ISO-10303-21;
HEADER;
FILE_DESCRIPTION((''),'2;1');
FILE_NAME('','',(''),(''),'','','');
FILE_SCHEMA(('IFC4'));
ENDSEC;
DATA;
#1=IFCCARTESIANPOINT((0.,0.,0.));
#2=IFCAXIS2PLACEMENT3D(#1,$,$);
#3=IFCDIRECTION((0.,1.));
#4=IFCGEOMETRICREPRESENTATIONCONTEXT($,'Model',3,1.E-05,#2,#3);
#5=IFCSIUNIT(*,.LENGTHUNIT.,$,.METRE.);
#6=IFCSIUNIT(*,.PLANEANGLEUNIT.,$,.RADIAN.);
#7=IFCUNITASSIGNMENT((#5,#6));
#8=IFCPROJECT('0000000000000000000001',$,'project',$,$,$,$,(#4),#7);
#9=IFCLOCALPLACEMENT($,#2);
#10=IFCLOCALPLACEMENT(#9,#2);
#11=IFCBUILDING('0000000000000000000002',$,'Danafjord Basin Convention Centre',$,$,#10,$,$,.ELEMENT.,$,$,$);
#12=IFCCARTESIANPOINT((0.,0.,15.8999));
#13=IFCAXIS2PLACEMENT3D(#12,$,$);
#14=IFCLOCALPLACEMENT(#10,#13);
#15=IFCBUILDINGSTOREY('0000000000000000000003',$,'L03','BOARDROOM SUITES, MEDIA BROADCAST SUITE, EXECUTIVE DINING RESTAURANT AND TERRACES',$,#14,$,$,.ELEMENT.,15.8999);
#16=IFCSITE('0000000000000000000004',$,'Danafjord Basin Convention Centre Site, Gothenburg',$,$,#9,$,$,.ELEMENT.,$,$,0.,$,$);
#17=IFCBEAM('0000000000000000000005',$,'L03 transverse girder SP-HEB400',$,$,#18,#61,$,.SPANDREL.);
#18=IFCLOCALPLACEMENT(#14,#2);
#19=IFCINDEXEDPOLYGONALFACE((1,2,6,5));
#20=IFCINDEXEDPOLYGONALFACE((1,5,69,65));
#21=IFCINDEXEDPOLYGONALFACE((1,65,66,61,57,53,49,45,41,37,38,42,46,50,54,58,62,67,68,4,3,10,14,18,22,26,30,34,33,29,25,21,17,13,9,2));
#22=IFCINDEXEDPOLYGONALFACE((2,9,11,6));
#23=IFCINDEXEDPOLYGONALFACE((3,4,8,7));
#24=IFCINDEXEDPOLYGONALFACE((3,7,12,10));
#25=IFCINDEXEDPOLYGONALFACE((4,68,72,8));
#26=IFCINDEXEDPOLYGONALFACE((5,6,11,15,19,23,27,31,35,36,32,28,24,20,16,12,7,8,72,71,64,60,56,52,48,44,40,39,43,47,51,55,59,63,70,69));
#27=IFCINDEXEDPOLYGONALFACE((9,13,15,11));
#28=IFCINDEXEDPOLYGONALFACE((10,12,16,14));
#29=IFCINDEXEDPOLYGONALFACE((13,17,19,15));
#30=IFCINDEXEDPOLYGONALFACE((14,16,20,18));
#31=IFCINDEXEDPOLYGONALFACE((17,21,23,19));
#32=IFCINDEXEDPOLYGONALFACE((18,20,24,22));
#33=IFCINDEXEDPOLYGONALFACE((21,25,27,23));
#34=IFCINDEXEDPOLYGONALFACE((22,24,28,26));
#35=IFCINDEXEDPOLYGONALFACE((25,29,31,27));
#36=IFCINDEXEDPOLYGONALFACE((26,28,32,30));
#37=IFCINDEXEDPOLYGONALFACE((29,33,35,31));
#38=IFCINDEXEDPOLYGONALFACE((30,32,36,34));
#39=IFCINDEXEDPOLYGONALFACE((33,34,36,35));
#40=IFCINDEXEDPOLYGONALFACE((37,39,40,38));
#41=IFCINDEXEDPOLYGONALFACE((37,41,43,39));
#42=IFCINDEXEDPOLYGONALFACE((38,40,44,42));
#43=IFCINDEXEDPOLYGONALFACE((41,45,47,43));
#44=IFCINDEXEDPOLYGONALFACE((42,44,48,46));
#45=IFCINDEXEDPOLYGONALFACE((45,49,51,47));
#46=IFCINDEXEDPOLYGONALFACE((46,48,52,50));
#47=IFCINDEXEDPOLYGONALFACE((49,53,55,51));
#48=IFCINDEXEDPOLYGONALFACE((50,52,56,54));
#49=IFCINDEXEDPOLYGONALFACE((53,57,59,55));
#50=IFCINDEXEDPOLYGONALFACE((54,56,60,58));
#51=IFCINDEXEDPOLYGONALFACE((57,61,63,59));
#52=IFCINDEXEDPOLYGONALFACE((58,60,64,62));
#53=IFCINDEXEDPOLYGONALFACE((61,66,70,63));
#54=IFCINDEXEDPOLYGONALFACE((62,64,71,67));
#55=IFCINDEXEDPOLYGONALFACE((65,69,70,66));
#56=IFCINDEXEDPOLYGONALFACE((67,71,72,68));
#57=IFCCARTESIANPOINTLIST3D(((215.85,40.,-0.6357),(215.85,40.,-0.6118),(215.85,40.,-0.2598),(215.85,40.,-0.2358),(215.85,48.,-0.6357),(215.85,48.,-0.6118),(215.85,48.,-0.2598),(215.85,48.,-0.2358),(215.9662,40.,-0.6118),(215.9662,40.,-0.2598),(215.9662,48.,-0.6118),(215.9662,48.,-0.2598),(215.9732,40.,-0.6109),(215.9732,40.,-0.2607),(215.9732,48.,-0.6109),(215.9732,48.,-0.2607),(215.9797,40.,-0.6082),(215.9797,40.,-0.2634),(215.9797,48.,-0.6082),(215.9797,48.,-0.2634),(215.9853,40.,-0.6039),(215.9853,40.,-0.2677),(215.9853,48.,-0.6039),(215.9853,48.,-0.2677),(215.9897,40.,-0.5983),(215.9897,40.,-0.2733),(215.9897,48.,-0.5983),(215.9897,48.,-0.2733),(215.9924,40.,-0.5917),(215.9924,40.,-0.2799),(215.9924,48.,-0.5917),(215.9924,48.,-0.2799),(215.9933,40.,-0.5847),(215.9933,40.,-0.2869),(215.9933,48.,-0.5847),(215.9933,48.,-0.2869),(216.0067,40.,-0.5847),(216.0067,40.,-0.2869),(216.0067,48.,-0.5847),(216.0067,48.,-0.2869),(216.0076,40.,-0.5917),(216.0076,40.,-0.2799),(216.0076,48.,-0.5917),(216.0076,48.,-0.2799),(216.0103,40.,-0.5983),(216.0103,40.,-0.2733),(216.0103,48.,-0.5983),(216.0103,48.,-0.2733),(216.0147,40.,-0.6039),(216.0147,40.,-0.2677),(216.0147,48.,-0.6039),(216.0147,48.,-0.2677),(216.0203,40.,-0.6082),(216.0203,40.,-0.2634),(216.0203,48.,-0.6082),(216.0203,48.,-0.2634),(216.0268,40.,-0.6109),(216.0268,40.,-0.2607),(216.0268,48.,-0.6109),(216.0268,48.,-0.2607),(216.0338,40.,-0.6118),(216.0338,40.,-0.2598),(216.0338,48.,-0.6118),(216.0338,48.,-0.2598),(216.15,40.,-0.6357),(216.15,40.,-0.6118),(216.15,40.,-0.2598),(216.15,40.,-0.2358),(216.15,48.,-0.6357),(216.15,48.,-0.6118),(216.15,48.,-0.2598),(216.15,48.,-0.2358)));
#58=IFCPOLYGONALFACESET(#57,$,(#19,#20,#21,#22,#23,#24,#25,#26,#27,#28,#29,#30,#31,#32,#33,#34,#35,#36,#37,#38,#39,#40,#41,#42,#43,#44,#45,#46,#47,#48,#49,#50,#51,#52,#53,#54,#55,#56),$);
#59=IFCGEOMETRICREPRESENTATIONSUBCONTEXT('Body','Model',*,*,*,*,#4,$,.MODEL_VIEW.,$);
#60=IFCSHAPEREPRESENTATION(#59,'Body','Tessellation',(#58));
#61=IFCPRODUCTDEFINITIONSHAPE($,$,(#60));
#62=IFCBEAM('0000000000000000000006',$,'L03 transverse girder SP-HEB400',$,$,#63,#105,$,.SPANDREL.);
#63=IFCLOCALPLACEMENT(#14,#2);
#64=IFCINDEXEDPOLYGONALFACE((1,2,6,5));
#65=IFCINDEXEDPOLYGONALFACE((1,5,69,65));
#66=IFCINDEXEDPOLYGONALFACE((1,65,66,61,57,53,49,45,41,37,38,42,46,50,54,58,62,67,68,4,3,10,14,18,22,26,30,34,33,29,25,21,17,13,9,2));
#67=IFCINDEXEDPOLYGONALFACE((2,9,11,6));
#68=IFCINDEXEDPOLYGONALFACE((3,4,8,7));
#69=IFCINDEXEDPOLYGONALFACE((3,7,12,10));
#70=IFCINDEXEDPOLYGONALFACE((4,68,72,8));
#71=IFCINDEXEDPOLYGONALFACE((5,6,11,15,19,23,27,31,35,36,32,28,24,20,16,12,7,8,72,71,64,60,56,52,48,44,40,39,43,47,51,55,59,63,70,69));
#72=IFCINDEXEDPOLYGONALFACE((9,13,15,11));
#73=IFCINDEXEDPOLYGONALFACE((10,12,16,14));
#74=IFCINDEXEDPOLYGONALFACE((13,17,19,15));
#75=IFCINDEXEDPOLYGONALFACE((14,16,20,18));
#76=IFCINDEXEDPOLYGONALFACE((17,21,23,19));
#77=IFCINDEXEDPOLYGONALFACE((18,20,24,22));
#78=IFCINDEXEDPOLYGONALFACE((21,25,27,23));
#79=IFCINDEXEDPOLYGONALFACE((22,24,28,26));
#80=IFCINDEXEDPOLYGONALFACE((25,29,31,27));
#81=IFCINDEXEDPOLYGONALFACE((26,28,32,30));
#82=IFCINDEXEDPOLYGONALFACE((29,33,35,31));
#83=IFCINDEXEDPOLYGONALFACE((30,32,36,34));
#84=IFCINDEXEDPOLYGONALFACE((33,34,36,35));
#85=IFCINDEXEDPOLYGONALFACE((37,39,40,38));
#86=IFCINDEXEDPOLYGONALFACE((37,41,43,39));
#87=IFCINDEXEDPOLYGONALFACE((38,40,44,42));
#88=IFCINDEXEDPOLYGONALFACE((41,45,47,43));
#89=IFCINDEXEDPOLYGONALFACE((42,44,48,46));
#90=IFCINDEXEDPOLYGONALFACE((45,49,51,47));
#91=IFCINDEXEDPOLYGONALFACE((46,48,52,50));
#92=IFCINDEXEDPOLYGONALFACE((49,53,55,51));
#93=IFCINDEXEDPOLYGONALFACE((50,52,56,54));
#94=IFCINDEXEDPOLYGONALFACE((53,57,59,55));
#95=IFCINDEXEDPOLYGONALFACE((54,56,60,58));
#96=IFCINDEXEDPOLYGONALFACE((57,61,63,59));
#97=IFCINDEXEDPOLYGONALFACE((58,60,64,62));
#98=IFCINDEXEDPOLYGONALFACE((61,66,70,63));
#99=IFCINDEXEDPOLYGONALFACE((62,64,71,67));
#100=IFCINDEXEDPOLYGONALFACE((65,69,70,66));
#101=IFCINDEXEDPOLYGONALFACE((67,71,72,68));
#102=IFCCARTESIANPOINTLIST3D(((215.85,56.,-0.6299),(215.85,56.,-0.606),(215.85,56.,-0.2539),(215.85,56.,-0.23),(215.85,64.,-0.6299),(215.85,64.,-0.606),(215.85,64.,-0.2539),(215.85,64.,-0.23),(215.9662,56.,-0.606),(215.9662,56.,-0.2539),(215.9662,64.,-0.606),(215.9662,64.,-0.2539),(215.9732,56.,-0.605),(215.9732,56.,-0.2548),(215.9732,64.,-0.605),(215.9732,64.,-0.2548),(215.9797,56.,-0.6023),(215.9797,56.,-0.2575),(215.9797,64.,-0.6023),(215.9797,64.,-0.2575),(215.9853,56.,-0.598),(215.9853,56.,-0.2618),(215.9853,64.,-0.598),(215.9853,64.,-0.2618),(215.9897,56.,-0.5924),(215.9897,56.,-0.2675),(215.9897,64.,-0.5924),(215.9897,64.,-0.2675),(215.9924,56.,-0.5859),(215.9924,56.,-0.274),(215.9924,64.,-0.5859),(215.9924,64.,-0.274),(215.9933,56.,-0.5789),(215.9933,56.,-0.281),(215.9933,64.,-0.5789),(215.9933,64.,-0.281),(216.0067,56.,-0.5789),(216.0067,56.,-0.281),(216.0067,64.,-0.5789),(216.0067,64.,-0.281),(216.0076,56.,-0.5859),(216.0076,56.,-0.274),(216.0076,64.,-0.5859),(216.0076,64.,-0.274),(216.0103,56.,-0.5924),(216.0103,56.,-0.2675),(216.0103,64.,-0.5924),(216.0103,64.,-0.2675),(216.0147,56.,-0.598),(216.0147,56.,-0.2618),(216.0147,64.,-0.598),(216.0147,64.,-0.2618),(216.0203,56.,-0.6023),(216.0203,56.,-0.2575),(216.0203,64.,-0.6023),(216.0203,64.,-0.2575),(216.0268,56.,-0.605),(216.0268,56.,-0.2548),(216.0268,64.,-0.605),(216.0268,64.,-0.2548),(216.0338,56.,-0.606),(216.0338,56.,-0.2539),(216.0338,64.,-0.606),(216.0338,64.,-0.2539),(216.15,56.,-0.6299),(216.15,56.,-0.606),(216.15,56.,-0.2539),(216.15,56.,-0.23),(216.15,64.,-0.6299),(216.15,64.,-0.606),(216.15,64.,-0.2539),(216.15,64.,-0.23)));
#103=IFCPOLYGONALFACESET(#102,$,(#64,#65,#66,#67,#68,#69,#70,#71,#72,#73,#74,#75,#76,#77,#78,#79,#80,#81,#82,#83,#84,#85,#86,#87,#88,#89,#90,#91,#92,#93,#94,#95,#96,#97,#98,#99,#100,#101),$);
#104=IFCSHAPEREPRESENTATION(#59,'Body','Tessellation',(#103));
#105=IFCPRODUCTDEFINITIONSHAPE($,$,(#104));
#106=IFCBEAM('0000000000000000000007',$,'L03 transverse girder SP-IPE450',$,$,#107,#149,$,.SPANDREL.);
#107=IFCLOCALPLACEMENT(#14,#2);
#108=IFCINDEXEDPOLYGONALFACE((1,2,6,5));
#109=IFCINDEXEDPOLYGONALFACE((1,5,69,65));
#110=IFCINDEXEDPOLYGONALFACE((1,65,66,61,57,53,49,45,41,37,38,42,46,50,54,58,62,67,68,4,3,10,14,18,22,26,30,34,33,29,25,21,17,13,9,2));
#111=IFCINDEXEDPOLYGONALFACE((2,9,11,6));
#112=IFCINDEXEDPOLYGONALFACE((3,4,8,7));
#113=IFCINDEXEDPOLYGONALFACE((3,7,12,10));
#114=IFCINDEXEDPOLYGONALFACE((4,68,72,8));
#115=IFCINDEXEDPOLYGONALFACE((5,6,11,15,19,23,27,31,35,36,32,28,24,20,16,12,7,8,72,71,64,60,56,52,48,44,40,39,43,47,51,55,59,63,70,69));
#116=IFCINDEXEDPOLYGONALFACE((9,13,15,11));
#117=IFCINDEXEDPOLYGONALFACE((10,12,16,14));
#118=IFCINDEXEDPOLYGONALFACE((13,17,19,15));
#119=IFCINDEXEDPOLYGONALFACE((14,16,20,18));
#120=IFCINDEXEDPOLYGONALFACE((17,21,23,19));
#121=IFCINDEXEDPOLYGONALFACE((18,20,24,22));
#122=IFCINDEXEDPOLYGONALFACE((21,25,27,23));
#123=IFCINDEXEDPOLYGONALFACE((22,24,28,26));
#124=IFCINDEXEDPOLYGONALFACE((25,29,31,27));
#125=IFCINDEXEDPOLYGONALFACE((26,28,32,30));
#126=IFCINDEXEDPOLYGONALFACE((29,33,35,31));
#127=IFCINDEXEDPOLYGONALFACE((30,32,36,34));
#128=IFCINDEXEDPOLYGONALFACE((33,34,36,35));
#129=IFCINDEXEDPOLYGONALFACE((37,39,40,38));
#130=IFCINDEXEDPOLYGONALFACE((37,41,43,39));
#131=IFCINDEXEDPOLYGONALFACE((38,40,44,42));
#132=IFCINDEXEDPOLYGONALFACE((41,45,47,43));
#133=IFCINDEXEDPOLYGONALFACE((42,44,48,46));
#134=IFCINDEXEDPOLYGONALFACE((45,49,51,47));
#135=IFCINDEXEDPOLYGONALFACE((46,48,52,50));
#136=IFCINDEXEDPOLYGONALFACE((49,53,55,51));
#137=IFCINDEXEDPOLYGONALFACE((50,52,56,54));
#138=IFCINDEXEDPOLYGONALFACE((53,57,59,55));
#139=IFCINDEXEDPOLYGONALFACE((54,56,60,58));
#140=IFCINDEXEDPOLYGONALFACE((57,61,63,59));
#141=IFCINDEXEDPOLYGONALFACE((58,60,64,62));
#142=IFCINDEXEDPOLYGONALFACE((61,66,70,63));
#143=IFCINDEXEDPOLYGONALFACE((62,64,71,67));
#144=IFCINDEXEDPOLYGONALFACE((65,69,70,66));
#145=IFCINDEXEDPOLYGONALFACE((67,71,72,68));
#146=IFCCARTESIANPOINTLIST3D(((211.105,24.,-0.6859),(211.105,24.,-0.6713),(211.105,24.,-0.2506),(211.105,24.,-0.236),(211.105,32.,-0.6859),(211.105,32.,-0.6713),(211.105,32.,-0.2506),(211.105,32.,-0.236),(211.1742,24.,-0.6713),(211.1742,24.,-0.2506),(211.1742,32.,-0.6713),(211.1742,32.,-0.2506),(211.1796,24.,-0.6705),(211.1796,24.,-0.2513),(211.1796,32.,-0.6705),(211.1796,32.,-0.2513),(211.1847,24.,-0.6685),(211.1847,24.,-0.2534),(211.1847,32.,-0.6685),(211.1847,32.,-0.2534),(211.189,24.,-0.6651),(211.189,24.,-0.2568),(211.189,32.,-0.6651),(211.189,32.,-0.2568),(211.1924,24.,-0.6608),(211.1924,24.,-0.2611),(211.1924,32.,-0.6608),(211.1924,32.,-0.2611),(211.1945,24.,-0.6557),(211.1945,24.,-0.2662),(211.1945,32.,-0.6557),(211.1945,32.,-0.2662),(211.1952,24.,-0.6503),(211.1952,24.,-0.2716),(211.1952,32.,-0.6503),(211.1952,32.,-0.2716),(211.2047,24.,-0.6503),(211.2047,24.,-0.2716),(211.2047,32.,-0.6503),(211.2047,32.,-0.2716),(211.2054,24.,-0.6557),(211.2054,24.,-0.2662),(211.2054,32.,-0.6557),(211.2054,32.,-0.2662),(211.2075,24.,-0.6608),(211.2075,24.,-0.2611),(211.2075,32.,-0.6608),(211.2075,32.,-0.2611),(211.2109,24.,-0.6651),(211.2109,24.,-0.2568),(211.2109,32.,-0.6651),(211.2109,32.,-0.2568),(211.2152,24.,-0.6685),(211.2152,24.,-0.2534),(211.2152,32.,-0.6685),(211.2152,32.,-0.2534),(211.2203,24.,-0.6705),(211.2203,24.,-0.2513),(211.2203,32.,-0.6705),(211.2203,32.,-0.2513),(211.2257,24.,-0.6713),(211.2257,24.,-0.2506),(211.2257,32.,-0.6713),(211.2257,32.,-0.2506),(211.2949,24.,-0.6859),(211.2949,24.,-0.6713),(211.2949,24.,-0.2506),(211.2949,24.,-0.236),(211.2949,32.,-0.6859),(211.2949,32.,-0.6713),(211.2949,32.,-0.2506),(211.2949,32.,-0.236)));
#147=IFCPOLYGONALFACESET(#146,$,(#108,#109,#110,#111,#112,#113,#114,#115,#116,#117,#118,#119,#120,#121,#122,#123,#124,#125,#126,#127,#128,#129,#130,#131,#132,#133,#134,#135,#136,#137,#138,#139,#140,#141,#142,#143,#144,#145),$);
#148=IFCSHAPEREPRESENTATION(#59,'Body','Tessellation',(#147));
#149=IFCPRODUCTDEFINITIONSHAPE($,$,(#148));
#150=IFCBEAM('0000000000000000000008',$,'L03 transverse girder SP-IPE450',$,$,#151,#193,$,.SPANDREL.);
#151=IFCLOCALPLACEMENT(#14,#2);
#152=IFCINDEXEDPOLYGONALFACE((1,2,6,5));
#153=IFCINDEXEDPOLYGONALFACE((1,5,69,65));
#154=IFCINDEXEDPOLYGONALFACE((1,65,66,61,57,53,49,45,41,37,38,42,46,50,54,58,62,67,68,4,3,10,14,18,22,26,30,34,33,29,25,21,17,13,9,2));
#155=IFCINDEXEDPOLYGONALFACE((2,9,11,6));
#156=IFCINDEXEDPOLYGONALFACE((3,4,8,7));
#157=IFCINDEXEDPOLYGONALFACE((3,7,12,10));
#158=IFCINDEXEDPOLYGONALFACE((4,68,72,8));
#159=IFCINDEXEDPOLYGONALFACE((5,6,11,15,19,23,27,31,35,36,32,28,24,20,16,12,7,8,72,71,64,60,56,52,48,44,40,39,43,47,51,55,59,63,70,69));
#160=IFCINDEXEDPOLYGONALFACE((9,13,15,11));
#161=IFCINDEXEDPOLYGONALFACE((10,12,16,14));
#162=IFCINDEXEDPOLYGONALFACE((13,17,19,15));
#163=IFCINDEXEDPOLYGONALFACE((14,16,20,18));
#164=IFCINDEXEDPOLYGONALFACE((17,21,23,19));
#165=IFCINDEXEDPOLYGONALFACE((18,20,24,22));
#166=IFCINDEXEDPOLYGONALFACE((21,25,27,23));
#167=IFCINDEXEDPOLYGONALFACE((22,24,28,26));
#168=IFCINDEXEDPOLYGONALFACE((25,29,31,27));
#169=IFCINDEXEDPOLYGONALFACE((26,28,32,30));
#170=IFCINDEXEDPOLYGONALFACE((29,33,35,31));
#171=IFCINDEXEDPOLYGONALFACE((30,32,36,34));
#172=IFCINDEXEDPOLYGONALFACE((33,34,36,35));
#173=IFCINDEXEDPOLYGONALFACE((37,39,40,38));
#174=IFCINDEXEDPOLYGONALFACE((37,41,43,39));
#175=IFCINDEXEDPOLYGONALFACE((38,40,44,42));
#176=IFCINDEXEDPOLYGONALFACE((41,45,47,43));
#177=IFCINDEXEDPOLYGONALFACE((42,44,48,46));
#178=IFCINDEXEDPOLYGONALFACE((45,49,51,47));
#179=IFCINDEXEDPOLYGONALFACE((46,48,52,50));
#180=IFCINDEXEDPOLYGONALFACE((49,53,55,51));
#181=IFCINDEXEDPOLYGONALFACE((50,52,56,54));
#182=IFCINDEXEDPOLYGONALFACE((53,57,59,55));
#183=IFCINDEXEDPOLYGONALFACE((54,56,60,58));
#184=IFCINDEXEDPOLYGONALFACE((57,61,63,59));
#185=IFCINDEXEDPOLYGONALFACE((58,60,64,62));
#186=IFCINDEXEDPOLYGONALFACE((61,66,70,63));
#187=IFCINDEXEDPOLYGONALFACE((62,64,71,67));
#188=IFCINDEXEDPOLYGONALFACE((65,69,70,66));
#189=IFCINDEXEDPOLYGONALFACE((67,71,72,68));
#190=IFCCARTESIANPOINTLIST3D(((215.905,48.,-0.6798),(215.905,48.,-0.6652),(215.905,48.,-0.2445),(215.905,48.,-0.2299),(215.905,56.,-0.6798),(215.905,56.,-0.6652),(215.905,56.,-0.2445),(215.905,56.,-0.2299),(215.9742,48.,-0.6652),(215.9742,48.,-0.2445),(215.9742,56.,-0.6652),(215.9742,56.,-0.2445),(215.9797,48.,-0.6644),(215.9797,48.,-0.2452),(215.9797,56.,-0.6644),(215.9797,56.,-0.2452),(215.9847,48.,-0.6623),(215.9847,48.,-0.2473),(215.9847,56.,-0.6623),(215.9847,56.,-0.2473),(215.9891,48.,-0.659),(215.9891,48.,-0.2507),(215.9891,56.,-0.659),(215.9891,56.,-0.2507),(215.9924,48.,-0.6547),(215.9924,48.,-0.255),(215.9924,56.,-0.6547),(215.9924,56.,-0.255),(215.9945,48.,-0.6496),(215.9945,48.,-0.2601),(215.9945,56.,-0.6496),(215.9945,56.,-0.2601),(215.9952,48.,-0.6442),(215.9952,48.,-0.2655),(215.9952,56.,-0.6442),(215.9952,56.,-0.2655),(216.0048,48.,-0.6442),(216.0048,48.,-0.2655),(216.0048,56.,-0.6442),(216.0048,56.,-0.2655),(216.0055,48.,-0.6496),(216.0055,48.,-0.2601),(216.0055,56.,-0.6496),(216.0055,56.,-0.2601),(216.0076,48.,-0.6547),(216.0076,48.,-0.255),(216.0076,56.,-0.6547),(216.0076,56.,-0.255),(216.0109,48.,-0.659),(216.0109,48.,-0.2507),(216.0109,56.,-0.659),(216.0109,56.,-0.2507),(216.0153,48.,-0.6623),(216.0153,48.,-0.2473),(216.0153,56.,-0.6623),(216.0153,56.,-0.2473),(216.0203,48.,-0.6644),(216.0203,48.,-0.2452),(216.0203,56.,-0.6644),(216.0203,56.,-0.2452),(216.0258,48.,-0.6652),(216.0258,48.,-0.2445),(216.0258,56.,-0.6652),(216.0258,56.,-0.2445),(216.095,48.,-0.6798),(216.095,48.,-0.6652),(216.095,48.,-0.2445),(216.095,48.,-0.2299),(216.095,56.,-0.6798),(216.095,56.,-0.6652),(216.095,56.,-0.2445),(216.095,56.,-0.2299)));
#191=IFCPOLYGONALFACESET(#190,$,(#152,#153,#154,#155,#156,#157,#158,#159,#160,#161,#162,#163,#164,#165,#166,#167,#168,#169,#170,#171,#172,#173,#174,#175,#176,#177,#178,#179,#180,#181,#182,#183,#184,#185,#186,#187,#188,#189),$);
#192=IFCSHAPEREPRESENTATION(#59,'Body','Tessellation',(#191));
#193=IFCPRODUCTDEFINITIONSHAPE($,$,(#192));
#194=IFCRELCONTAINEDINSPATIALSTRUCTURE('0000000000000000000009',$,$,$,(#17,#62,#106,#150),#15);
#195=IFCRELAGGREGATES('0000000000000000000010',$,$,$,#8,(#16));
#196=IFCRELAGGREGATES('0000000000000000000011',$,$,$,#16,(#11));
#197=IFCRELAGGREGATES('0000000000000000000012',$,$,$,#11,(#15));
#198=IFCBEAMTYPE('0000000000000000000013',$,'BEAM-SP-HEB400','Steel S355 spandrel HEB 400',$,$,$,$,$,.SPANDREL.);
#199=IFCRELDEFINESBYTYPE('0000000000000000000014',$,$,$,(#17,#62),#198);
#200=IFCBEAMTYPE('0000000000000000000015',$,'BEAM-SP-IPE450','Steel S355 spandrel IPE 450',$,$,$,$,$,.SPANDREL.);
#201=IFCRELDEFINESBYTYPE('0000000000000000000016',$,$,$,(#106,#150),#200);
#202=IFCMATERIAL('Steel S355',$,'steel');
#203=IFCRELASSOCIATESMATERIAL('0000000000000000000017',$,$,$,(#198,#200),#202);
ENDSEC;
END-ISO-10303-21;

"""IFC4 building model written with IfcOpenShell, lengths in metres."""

from ifc_helpers import new_model, si_unit, direction, frame, origin, origin_2d, place, context, subcontext, project, spatial, i_section, extrude, material, material_profile, profile_set, type_object, element, save


model = new_model("IFC4")

# Units and contexts
model_context = context("Model", 3, precision=1e-05, world=origin(), true_north=direction((0.0, 1.0)))
body_context = subcontext(model_context, "Body", "Model", "MODEL_VIEW")
ifc_project = project(units=[si_unit("LENGTHUNIT", "METRE"), si_unit("PLANEANGLEUNIT", "RADIAN")], contexts=[model_context])

# Site, building, storey
site_placement = place(None, origin())
site = spatial("IfcSite", under=ifc_project, at=site_placement, Name="Danafjord Basin Convention Centre Site, Gothenburg", CompositionType="ELEMENT", RefElevation=0.0)
building_placement = place(site_placement, origin())
building = spatial("IfcBuilding", under=site, at=building_placement, Name="Danafjord Basin Convention Centre", CompositionType="ELEMENT")
storey_placement = place(building_placement, frame((0.0, 0.0, 15.8999)))
storey = spatial("IfcBuildingStorey", under=building, at=storey_placement, Name="L03", Description="BOARDROOM SUITES, MEDIA BROADCAST SUITE, EXECUTIVE DINING RESTAURANT AND TERRACES", CompositionType="ELEMENT", Elevation=15.8999)

# Shared definitions
ifc_material_1 = material(Name="Steel S355", Category="steel")

# Beams
ifc_material_profile_1 = material_profile(ifc_material_1, i_section(OverallWidth=0.3, OverallDepth=0.3999, WebThickness=0.0134, FlangeThickness=0.0239, FilletRadius=0.0271, at=origin_2d()), Name="HEB 400")
ifc_profile_set_1 = profile_set([ifc_material_profile_1], Name="Steel S355")
beam_type_1 = type_object("IfcBeamType", Name="BEAM-SP-HEB400", Description="Steel S355 spandrel HEB 400", PredefinedType="SPANDREL", material=ifc_profile_set_1)
for number, where, z_axis, x_axis, name in (
    (1, (216.0, 40.0, -0.4358), (0.0, 1.0, 0.0), (-1.0, 0.0, 0.0), "L03 transverse girder SP-HEB400"),
    (2, (216.0, 56.0, -0.4299), (0.0, 1.0, 0.0), (-1.0, 0.0, 0.0), "L03 transverse girder SP-HEB400"),
):
    element("IfcBeam", number, at=place(storey_placement, frame(where, z_axis=z_axis, x_axis=x_axis)), inside=storey, type_object=beam_type_1, Name=name, PredefinedType="SPANDREL", context=body_context, shape_type="SweptSolid", body=[
        extrude(i_section(OverallWidth=0.3, OverallDepth=0.3999, WebThickness=0.0134, FlangeThickness=0.0239, FilletRadius=0.0271, at=origin_2d()), origin(), (0.0, 0.0, 1.0), 8.0),
    ])
ifc_material_profile_2 = material_profile(ifc_material_1, i_section(OverallWidth=0.1899, OverallDepth=0.45, WebThickness=0.0095, FlangeThickness=0.0146, FilletRadius=0.021, at=origin_2d()), Name="IPE 450")
ifc_profile_set_2 = profile_set([ifc_material_profile_2], Name="Steel S355")
beam_type_2 = type_object("IfcBeamType", Name="BEAM-SP-IPE450", Description="Steel S355 spandrel IPE 450", PredefinedType="SPANDREL", material=ifc_profile_set_2)
for number, where, z_axis, x_axis, name in (
    (3, (211.2, 24.0, -0.4609), (0.0, 1.0, 0.0), (-1.0, 0.0, 0.0), "L03 transverse girder SP-IPE450"),
    (4, (216.0, 48.0, -0.4548), (0.0, 1.0, 0.0), (-1.0, 0.0, 0.0), "L03 transverse girder SP-IPE450"),
):
    element("IfcBeam", number, at=place(storey_placement, frame(where, z_axis=z_axis, x_axis=x_axis)), inside=storey, type_object=beam_type_2, Name=name, PredefinedType="SPANDREL", context=body_context, shape_type="SweptSolid", body=[
        extrude(i_section(OverallWidth=0.1899, OverallDepth=0.45, WebThickness=0.0095, FlangeThickness=0.0146, FilletRadius=0.021, at=origin_2d()), origin(), (0.0, 0.0, 1.0), 8.0),
    ])

save(model, "model.ifc")
